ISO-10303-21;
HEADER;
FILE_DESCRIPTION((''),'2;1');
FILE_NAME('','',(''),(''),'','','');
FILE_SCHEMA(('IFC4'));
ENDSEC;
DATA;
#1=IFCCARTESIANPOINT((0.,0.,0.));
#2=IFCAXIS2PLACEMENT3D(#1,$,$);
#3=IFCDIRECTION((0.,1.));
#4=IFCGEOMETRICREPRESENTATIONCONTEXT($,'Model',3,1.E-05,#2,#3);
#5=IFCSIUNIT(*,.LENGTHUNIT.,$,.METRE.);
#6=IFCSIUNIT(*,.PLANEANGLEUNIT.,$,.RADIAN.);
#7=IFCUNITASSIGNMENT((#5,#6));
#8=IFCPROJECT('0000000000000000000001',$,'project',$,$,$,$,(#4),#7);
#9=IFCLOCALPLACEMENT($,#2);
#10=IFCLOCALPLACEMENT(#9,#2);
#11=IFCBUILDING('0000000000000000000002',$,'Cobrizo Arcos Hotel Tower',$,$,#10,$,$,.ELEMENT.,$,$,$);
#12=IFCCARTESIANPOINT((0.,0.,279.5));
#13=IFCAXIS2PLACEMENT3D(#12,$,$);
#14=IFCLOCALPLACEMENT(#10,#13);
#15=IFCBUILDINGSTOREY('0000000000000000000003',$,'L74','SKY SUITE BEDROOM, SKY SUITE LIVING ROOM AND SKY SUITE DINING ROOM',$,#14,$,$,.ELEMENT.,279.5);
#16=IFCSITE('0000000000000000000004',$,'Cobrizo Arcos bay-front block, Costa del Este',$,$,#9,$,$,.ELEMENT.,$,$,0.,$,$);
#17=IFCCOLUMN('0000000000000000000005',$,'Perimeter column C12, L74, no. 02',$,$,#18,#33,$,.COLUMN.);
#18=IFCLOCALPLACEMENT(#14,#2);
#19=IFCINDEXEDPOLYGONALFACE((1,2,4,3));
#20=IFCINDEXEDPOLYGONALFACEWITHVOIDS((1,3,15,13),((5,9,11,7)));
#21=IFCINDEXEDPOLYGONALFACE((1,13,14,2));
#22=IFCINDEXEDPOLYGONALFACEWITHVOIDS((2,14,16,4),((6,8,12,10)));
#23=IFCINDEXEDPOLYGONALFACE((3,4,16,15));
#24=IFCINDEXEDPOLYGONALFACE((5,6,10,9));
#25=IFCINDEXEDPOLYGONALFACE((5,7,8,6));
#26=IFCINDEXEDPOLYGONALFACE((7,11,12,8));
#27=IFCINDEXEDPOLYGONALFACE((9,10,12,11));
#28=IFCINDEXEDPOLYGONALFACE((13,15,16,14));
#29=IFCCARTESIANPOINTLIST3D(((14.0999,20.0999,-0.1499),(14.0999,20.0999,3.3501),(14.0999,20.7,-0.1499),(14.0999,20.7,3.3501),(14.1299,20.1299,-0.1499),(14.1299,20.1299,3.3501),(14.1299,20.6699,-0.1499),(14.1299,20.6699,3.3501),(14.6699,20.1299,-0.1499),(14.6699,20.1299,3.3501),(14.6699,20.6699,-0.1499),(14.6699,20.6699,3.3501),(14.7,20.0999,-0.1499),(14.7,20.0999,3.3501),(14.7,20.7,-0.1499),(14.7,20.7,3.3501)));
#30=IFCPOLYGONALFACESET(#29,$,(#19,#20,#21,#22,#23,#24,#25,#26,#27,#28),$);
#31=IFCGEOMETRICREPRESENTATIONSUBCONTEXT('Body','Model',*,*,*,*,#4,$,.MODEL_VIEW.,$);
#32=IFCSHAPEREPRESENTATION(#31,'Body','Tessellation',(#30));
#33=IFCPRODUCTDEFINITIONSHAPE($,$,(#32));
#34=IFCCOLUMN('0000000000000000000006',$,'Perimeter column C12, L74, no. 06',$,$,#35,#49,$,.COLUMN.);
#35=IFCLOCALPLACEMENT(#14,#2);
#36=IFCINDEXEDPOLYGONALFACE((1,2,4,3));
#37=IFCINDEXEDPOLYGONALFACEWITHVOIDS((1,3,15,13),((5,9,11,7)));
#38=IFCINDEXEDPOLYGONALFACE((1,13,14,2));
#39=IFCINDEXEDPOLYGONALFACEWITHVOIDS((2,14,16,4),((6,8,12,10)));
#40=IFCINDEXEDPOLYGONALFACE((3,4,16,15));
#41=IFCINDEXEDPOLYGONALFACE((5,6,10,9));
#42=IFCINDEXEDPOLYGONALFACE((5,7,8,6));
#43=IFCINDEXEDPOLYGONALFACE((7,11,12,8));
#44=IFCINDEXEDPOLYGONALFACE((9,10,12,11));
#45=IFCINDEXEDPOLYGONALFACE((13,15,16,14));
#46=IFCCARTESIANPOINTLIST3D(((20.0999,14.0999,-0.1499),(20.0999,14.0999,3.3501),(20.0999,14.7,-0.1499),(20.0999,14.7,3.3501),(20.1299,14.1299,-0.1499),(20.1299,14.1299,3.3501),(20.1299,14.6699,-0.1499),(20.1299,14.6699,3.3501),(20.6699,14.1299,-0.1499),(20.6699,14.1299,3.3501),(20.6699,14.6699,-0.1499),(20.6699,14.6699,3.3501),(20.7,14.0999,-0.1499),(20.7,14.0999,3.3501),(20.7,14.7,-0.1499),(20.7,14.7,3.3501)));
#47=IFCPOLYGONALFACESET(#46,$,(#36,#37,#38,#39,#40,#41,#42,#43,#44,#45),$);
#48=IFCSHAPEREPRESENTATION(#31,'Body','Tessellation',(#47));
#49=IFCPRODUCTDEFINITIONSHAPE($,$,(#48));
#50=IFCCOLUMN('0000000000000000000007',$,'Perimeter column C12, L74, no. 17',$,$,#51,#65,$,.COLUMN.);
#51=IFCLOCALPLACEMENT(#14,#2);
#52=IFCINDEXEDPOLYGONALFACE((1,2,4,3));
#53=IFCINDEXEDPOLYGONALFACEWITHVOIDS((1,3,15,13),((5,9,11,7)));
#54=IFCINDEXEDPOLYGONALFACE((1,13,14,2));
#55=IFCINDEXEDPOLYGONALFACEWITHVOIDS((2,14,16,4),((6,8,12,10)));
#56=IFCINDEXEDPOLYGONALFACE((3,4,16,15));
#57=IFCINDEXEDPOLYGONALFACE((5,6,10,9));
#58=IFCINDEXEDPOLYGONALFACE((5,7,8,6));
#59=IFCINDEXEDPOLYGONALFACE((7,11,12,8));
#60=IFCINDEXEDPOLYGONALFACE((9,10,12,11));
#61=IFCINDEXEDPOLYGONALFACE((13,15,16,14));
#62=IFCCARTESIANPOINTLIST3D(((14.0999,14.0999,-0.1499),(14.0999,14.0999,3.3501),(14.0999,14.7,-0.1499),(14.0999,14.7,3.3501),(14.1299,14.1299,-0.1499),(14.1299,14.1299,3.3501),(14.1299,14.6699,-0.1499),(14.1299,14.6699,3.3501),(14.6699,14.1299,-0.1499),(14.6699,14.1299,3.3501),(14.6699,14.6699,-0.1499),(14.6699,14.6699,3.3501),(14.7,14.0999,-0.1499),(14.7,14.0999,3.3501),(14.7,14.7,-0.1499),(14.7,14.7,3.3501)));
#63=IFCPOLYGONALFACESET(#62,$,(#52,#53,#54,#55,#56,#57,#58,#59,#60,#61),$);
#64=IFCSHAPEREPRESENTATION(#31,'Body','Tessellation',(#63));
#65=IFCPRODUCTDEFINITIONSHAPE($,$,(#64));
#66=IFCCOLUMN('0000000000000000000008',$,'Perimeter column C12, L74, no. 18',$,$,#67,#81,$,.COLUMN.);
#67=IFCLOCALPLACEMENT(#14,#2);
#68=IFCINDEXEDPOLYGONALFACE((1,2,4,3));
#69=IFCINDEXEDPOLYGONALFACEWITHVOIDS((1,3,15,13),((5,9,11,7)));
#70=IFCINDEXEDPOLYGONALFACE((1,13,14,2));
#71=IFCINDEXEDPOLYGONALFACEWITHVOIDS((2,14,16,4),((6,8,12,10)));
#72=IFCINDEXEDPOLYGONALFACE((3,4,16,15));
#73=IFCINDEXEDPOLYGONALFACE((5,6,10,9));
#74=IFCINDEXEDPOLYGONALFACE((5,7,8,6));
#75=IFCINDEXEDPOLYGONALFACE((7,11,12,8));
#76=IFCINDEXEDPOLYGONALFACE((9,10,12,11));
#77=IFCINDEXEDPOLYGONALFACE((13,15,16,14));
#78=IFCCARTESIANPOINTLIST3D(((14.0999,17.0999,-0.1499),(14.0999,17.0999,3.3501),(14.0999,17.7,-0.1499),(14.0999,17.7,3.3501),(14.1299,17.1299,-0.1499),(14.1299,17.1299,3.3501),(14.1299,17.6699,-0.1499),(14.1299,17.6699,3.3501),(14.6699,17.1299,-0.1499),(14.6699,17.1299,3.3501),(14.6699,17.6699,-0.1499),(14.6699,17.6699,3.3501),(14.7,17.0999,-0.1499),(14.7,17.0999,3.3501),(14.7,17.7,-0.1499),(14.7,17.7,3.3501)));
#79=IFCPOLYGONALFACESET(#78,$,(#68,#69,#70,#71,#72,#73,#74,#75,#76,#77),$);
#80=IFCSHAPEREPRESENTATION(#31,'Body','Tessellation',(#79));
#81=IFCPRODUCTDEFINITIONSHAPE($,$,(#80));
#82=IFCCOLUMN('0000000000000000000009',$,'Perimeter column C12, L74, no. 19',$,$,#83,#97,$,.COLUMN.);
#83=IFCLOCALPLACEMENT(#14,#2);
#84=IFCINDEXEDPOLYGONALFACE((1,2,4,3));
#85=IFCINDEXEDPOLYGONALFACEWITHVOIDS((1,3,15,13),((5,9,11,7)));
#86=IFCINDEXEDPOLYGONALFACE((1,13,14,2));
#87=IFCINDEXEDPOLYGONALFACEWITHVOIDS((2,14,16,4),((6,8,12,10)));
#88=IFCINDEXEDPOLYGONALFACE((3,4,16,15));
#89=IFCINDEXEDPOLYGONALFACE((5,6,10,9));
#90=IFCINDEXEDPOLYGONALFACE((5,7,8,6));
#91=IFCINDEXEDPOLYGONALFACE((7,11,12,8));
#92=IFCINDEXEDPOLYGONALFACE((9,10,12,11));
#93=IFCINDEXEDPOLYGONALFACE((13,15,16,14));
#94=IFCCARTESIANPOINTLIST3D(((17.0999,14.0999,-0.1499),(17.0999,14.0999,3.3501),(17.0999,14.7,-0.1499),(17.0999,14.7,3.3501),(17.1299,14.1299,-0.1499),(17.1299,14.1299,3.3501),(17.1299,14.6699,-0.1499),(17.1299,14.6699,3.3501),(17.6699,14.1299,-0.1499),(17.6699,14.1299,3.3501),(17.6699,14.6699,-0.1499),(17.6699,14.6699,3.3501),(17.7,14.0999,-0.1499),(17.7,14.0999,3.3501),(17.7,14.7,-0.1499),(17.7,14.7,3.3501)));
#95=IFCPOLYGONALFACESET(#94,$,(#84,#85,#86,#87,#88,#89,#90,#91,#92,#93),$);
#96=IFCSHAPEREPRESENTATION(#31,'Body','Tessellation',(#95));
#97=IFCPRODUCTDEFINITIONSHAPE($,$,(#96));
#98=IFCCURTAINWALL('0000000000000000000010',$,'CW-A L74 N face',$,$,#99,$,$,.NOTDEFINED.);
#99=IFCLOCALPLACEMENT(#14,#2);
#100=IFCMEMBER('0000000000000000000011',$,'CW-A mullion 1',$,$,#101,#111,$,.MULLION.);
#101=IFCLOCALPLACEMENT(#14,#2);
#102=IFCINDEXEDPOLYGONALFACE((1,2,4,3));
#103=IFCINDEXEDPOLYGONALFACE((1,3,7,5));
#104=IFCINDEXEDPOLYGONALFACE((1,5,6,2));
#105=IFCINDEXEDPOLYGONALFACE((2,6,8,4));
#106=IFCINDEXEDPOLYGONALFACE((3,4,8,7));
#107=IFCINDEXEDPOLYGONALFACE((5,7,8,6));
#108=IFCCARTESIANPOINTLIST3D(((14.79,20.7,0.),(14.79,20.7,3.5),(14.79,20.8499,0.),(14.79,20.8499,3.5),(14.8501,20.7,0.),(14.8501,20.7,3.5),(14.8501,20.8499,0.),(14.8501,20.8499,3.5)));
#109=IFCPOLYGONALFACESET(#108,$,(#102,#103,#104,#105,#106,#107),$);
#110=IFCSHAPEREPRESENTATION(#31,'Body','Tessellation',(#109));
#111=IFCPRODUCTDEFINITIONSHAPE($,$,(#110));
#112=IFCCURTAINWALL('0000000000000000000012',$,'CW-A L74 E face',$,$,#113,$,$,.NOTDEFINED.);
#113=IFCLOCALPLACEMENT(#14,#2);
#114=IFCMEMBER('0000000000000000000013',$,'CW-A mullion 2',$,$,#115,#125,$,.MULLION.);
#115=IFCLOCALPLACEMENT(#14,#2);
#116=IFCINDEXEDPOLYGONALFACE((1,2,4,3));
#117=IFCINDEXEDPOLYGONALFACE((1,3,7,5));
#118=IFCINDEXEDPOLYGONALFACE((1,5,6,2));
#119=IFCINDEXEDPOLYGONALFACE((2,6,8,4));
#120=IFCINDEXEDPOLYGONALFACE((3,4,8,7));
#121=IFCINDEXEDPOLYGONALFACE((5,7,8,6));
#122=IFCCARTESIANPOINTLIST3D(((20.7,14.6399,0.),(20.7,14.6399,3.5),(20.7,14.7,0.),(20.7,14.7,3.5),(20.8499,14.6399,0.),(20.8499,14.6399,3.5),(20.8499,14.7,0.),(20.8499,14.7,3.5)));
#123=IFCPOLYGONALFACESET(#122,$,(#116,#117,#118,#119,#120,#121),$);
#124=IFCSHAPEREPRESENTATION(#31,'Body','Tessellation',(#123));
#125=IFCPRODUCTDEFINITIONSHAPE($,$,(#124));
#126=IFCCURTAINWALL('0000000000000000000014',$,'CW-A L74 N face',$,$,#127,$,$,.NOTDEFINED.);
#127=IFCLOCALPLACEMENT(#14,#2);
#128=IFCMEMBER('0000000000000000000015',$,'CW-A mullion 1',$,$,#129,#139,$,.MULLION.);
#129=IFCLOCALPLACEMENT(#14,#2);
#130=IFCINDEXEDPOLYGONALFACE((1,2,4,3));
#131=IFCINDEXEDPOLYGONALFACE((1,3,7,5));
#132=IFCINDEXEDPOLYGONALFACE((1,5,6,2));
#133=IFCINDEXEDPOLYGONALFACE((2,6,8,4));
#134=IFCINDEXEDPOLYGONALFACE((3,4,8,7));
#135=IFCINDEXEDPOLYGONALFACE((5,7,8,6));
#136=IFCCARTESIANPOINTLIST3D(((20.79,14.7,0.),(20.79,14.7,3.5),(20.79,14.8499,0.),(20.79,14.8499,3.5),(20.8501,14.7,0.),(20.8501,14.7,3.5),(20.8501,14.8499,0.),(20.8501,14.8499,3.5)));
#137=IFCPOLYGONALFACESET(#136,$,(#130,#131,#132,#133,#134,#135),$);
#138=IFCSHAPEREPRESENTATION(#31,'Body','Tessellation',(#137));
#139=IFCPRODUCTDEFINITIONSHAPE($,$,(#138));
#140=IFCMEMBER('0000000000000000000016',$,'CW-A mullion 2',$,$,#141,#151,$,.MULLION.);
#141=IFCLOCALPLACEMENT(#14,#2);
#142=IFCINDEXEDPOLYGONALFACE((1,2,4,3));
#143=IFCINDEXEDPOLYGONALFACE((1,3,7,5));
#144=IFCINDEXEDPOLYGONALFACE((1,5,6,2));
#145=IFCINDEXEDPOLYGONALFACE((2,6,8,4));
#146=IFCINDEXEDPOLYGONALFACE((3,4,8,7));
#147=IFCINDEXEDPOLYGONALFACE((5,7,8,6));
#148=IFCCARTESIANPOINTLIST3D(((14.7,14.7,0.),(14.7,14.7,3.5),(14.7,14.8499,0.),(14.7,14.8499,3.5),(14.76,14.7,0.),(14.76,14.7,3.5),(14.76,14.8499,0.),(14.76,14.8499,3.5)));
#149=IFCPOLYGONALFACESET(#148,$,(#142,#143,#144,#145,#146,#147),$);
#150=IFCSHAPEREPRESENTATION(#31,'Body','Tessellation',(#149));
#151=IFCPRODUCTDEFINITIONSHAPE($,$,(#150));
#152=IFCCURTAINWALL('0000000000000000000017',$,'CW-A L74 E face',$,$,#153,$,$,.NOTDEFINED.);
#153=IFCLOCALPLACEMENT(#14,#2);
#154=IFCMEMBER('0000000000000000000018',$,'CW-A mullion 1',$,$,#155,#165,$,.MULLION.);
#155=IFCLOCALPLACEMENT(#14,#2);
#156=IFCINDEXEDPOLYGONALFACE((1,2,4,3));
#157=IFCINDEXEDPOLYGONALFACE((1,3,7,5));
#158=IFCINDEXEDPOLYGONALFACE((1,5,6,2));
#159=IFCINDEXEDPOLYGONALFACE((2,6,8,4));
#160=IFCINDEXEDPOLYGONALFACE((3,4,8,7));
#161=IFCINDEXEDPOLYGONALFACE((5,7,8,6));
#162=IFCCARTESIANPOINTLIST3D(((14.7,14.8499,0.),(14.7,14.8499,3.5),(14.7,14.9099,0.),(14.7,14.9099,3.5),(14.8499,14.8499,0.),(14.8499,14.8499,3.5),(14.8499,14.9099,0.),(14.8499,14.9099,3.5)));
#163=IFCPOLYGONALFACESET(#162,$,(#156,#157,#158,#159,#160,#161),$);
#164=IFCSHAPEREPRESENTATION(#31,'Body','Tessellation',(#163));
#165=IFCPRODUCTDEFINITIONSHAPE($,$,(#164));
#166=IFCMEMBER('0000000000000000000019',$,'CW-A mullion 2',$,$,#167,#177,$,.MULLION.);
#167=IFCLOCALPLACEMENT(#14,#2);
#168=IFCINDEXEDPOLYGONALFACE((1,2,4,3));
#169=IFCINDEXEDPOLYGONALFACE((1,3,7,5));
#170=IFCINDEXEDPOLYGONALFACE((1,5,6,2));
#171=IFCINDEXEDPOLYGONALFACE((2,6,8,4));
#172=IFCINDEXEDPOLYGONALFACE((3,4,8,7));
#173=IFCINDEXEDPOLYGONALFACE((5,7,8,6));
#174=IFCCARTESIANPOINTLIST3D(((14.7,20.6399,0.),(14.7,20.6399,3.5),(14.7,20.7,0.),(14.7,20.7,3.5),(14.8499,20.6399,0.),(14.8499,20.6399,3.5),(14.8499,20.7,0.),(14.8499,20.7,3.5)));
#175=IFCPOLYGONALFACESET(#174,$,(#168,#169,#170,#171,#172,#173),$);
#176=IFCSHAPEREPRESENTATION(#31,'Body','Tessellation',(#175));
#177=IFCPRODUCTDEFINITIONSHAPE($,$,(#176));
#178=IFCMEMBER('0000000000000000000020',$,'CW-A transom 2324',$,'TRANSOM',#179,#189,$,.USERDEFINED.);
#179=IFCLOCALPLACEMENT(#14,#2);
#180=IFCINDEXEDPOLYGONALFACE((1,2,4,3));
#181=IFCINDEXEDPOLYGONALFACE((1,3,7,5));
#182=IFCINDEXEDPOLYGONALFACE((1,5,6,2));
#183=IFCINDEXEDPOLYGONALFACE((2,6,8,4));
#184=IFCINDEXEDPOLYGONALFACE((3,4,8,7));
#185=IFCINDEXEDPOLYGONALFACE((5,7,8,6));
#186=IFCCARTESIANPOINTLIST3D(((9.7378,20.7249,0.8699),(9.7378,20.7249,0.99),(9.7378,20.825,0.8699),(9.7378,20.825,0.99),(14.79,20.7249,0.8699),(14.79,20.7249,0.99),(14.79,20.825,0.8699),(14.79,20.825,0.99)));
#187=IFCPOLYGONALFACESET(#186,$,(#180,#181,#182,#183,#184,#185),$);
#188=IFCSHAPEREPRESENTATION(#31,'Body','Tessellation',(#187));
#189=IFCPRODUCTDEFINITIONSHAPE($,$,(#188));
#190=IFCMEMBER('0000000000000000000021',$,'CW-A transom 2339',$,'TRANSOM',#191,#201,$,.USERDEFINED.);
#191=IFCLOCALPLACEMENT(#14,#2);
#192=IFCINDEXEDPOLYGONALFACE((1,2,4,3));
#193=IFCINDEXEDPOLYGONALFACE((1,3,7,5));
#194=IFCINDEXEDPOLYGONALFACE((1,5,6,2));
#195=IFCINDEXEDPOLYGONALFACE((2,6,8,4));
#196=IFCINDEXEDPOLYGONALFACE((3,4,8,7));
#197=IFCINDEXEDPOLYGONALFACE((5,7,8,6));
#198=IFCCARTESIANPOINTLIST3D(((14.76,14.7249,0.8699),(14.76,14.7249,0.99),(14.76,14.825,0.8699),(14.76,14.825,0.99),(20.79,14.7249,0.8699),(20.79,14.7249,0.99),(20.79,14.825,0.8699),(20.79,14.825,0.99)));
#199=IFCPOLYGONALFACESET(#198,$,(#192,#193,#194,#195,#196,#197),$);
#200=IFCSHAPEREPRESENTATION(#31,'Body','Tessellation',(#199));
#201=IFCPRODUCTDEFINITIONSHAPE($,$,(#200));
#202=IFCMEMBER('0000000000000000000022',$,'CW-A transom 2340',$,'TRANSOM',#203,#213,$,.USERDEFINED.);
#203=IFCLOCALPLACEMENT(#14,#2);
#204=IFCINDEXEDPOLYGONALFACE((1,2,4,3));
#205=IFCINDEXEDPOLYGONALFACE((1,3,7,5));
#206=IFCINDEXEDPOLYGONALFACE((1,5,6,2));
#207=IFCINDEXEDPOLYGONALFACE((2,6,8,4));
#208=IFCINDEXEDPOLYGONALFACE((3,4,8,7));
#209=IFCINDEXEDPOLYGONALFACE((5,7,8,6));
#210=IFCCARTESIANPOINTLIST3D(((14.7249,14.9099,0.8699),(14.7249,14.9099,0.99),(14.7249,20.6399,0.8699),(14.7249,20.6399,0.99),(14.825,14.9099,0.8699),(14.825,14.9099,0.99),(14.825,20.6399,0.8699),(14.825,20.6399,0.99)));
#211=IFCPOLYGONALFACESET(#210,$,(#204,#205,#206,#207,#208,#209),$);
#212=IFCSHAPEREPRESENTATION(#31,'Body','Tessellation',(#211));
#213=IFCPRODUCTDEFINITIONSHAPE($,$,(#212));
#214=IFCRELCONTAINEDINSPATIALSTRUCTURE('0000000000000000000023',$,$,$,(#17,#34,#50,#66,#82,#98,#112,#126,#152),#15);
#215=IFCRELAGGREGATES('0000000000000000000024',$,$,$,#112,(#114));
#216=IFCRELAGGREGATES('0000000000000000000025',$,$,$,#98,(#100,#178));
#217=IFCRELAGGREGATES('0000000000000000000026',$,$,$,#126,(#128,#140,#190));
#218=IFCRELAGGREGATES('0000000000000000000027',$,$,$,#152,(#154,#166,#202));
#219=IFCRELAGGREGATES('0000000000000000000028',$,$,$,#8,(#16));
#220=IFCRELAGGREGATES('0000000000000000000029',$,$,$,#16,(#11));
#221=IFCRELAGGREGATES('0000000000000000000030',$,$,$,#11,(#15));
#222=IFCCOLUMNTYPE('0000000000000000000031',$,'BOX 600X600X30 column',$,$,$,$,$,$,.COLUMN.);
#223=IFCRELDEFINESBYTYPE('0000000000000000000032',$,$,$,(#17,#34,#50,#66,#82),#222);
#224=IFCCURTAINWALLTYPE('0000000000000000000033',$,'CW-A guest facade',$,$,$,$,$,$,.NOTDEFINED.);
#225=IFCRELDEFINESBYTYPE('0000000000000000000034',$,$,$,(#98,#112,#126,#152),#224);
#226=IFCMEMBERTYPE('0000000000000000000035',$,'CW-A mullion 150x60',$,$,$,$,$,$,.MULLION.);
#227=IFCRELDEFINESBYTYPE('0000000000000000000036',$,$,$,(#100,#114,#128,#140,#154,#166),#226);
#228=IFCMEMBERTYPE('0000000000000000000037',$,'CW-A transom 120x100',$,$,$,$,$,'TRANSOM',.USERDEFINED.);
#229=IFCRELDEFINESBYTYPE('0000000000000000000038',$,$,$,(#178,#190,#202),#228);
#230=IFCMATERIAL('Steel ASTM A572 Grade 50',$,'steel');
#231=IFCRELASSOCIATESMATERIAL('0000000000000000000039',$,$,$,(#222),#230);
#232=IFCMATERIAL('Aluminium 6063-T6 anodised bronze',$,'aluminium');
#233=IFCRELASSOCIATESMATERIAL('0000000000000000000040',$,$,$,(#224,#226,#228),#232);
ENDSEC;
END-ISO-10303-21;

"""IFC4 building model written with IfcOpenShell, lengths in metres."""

from ifc_helpers import new_model, si_unit, direction, frame, origin, origin_2d, place, context, subcontext, project, spatial, rectangle, hollow_rectangle, extrude, material, material_profile, profile_set, type_object, element, aggregate, save


model = new_model("IFC4")

# Units and contexts
model_context = context("Model", 3, precision=1e-05, world=origin(), true_north=direction((0.0, 1.0)))
body_context = subcontext(model_context, "Body", "Model", "MODEL_VIEW")
ifc_project = project(units=[si_unit("LENGTHUNIT", "METRE"), si_unit("PLANEANGLEUNIT", "RADIAN")], contexts=[model_context])

# Site, building, storey
site_placement = place(None, origin())
site = spatial("IfcSite", under=ifc_project, at=site_placement, Name="Cobrizo Arcos bay-front block, Costa del Este", CompositionType="ELEMENT", RefElevation=0.0)
building_placement = place(site_placement, origin())
building = spatial("IfcBuilding", under=site, at=building_placement, Name="Cobrizo Arcos Hotel Tower", CompositionType="ELEMENT")
storey_placement = place(building_placement, frame((0.0, 0.0, 279.5)))
storey = spatial("IfcBuildingStorey", under=building, at=storey_placement, Name="L74", Description="SKY SUITE BEDROOM, SKY SUITE LIVING ROOM AND SKY SUITE DINING ROOM", CompositionType="ELEMENT", Elevation=279.5)

# Columns
ifc_material_1 = material(Name="Steel ASTM A572 Grade 50", Category="steel")
ifc_material_profile_1 = material_profile(ifc_material_1, hollow_rectangle(XDim=0.6001, YDim=0.6001, WallThickness=0.03, at=origin_2d()), Name="BOX 600X600X30")
ifc_profile_set_1 = profile_set([ifc_material_profile_1], Name="Steel ASTM A572 Grade 50")
column_type = type_object("IfcColumnType", Name="BOX 600X600X30 column", PredefinedType="COLUMN", material=ifc_profile_set_1)
for number, where, z_axis, x_axis, name in (
    (1, (14.3999, 20.3999, -0.1499), (0.0, 0.0, 1.0), (1.0, 0.0, 0.0), "Perimeter column C12, L74, no. 02"),
    (2, (20.3999, 14.3999, -0.1499), (0.0, 0.0, 1.0), (1.0, 0.0, 0.0), "Perimeter column C12, L74, no. 06"),
    (3, (14.3999, 14.3999, -0.1499), (0.0, 0.0, 1.0), (1.0, 0.0, 0.0), "Perimeter column C12, L74, no. 17"),
    (4, (14.3999, 17.3999, -0.1499), (0.0, 0.0, 1.0), (1.0, 0.0, 0.0), "Perimeter column C12, L74, no. 18"),
    (5, (17.3999, 14.3999, -0.1499), (0.0, 0.0, 1.0), (1.0, 0.0, 0.0), "Perimeter column C12, L74, no. 19"),
):
    element("IfcColumn", number, at=place(storey_placement, frame(where, z_axis=z_axis, x_axis=x_axis)), inside=storey, type_object=column_type, Name=name, PredefinedType="COLUMN", context=body_context, shape_type="SweptSolid", body=[
        extrude(hollow_rectangle(XDim=0.6001, YDim=0.6001, WallThickness=0.03, at=origin_2d()), origin(), (0.0, 0.0, 1.0), 3.5),
    ])

# Curtain walls, members
ifc_material_2 = material(Name="Aluminium 6063-T6 anodised bronze", Category="aluminium")
curtain_wall_type = type_object("IfcCurtainWallType", Name="CW-A guest facade", PredefinedType="NOTDEFINED", material=ifc_material_2)
curtain_wall_1_placement = place(storey_placement, origin())
curtain_wall_1 = element("IfcCurtainWall", 6, at=curtain_wall_1_placement, inside=storey, type_object=curtain_wall_type, Name="CW-A L74 N face", PredefinedType="NOTDEFINED")
ifc_material_profile_2 = material_profile(ifc_material_2, rectangle(XDim=0.1499, YDim=0.0601, at=origin_2d()), Name="CW-A mullion 150x60")
ifc_profile_set_2 = profile_set([ifc_material_profile_2], Name="Aluminium 6063-T6 anodised bronze")
member_type_1 = type_object("IfcMemberType", Name="CW-A mullion 150x60", PredefinedType="MULLION", material=ifc_profile_set_2)
member_1_placement = place(storey_placement, frame((14.8201, 20.7749, 0.0), z_axis=(0.0, 0.0, 1.0), x_axis=(0.0, 1.0, 0.0)))
member_1 = element("IfcMember", 7, at=member_1_placement, type_object=member_type_1, Name="CW-A mullion 1", PredefinedType="MULLION", context=body_context, shape_type="SweptSolid", body=[
    extrude(rectangle(XDim=0.1499, YDim=0.0601, at=origin_2d()), origin(), (0.0, 0.0, 1.0), 3.5),
])
curtain_wall_2_placement = place(storey_placement, origin())
curtain_wall_2 = element("IfcCurtainWall", 8, at=curtain_wall_2_placement, inside=storey, type_object=curtain_wall_type, Name="CW-A L74 E face", PredefinedType="NOTDEFINED")
member_2_placement = place(storey_placement, frame((20.7749, 14.6699, 0.0), z_axis=(0.0, 0.0, 1.0), x_axis=(1.0, 0.0, 0.0)))
member_2 = element("IfcMember", 9, at=member_2_placement, type_object=member_type_1, Name="CW-A mullion 2", PredefinedType="MULLION", context=body_context, shape_type="SweptSolid", body=[
    extrude(rectangle(XDim=0.1499, YDim=0.0601, at=origin_2d()), origin(), (0.0, 0.0, 1.0), 3.5),
])
aggregate(curtain_wall_2, [member_2])

# Curtain walls, members
curtain_wall_3_placement = place(storey_placement, origin())
curtain_wall_3 = element("IfcCurtainWall", 10, at=curtain_wall_3_placement, inside=storey, type_object=curtain_wall_type, Name="CW-A L74 N face", PredefinedType="NOTDEFINED")
member_3_placement = place(storey_placement, frame((20.8201, 14.7749, 0.0), z_axis=(0.0, 0.0, 1.0), x_axis=(0.0, 1.0, 0.0)))
member_3 = element("IfcMember", 11, at=member_3_placement, type_object=member_type_1, Name="CW-A mullion 1", PredefinedType="MULLION", context=body_context, shape_type="SweptSolid", body=[
    extrude(rectangle(XDim=0.1499, YDim=0.0601, at=origin_2d()), origin(), (0.0, 0.0, 1.0), 3.5),
])
member_4_placement = place(storey_placement, frame((14.73, 14.7749, 0.0), z_axis=(0.0, 0.0, 1.0), x_axis=(0.0, 1.0, 0.0)))
member_4 = element("IfcMember", 12, at=member_4_placement, type_object=member_type_1, Name="CW-A mullion 2", PredefinedType="MULLION", context=body_context, shape_type="SweptSolid", body=[
    extrude(rectangle(XDim=0.1499, YDim=0.0601, at=origin_2d()), origin(), (0.0, 0.0, 1.0), 3.5),
])
curtain_wall_4_placement = place(storey_placement, origin())
curtain_wall_4 = element("IfcCurtainWall", 13, at=curtain_wall_4_placement, inside=storey, type_object=curtain_wall_type, Name="CW-A L74 E face", PredefinedType="NOTDEFINED")
member_5_placement = place(storey_placement, frame((14.7749, 14.8799, 0.0), z_axis=(0.0, 0.0, 1.0), x_axis=(1.0, 0.0, 0.0)))
member_5 = element("IfcMember", 14, at=member_5_placement, type_object=member_type_1, Name="CW-A mullion 1", PredefinedType="MULLION", context=body_context, shape_type="SweptSolid", body=[
    extrude(rectangle(XDim=0.1499, YDim=0.0601, at=origin_2d()), origin(), (0.0, 0.0, 1.0), 3.5),
])
member_6_placement = place(storey_placement, frame((14.7749, 20.6699, 0.0), z_axis=(0.0, 0.0, 1.0), x_axis=(1.0, 0.0, 0.0)))
member_6 = element("IfcMember", 15, at=member_6_placement, type_object=member_type_1, Name="CW-A mullion 2", PredefinedType="MULLION", context=body_context, shape_type="SweptSolid", body=[
    extrude(rectangle(XDim=0.1499, YDim=0.0601, at=origin_2d()), origin(), (0.0, 0.0, 1.0), 3.5),
])

# Members
ifc_material_profile_3 = material_profile(ifc_material_2, rectangle(XDim=0.1001, YDim=0.1201, at=origin_2d()), Name="CW-A transom 120x100")
ifc_profile_set_3 = profile_set([ifc_material_profile_3], Name="Aluminium 6063-T6 anodised bronze")
member_type_2 = type_object("IfcMemberType", Name="CW-A transom 120x100", ElementType="TRANSOM", PredefinedType="USERDEFINED", material=ifc_profile_set_3)
member_7_placement = place(storey_placement, frame((14.79, 20.7749, 0.9299), z_axis=(-1.0, 0.0, 0.0), x_axis=(0.0, -1.0, 0.0)))
member_7 = element("IfcMember", 16, at=member_7_placement, type_object=member_type_2, Name="CW-A transom 2324", ObjectType="TRANSOM", PredefinedType="USERDEFINED", context=body_context, shape_type="SweptSolid", body=[
    extrude(rectangle(XDim=0.1001, YDim=0.1201, at=origin_2d()), origin(), (0.0, 0.0, 1.0), 5.0522),
])
aggregate(curtain_wall_1, [member_1, member_7])
member_8_placement = place(storey_placement, frame((20.79, 14.7749, 0.9299), z_axis=(-1.0, 0.0, 0.0), x_axis=(0.0, -1.0, 0.0)))
member_8 = element("IfcMember", 17, at=member_8_placement, type_object=member_type_2, Name="CW-A transom 2339", ObjectType="TRANSOM", PredefinedType="USERDEFINED", context=body_context, shape_type="SweptSolid", body=[
    extrude(rectangle(XDim=0.1001, YDim=0.1201, at=origin_2d()), origin(), (0.0, 0.0, 1.0), 6.03),
])
member_9_placement = place(storey_placement, frame((14.7749, 14.9099, 0.9299), z_axis=(0.0, 1.0, 0.0), x_axis=(-1.0, 0.0, 0.0)))
member_9 = element("IfcMember", 18, at=member_9_placement, type_object=member_type_2, Name="CW-A transom 2340", ObjectType="TRANSOM", PredefinedType="USERDEFINED", context=body_context, shape_type="SweptSolid", body=[
    extrude(rectangle(XDim=0.1001, YDim=0.1201, at=origin_2d()), origin(), (0.0, 0.0, 1.0), 5.73),
])

aggregate(curtain_wall_3, [member_3, member_4, member_8])
aggregate(curtain_wall_4, [member_5, member_6, member_9])

save(model, "model.ifc")
